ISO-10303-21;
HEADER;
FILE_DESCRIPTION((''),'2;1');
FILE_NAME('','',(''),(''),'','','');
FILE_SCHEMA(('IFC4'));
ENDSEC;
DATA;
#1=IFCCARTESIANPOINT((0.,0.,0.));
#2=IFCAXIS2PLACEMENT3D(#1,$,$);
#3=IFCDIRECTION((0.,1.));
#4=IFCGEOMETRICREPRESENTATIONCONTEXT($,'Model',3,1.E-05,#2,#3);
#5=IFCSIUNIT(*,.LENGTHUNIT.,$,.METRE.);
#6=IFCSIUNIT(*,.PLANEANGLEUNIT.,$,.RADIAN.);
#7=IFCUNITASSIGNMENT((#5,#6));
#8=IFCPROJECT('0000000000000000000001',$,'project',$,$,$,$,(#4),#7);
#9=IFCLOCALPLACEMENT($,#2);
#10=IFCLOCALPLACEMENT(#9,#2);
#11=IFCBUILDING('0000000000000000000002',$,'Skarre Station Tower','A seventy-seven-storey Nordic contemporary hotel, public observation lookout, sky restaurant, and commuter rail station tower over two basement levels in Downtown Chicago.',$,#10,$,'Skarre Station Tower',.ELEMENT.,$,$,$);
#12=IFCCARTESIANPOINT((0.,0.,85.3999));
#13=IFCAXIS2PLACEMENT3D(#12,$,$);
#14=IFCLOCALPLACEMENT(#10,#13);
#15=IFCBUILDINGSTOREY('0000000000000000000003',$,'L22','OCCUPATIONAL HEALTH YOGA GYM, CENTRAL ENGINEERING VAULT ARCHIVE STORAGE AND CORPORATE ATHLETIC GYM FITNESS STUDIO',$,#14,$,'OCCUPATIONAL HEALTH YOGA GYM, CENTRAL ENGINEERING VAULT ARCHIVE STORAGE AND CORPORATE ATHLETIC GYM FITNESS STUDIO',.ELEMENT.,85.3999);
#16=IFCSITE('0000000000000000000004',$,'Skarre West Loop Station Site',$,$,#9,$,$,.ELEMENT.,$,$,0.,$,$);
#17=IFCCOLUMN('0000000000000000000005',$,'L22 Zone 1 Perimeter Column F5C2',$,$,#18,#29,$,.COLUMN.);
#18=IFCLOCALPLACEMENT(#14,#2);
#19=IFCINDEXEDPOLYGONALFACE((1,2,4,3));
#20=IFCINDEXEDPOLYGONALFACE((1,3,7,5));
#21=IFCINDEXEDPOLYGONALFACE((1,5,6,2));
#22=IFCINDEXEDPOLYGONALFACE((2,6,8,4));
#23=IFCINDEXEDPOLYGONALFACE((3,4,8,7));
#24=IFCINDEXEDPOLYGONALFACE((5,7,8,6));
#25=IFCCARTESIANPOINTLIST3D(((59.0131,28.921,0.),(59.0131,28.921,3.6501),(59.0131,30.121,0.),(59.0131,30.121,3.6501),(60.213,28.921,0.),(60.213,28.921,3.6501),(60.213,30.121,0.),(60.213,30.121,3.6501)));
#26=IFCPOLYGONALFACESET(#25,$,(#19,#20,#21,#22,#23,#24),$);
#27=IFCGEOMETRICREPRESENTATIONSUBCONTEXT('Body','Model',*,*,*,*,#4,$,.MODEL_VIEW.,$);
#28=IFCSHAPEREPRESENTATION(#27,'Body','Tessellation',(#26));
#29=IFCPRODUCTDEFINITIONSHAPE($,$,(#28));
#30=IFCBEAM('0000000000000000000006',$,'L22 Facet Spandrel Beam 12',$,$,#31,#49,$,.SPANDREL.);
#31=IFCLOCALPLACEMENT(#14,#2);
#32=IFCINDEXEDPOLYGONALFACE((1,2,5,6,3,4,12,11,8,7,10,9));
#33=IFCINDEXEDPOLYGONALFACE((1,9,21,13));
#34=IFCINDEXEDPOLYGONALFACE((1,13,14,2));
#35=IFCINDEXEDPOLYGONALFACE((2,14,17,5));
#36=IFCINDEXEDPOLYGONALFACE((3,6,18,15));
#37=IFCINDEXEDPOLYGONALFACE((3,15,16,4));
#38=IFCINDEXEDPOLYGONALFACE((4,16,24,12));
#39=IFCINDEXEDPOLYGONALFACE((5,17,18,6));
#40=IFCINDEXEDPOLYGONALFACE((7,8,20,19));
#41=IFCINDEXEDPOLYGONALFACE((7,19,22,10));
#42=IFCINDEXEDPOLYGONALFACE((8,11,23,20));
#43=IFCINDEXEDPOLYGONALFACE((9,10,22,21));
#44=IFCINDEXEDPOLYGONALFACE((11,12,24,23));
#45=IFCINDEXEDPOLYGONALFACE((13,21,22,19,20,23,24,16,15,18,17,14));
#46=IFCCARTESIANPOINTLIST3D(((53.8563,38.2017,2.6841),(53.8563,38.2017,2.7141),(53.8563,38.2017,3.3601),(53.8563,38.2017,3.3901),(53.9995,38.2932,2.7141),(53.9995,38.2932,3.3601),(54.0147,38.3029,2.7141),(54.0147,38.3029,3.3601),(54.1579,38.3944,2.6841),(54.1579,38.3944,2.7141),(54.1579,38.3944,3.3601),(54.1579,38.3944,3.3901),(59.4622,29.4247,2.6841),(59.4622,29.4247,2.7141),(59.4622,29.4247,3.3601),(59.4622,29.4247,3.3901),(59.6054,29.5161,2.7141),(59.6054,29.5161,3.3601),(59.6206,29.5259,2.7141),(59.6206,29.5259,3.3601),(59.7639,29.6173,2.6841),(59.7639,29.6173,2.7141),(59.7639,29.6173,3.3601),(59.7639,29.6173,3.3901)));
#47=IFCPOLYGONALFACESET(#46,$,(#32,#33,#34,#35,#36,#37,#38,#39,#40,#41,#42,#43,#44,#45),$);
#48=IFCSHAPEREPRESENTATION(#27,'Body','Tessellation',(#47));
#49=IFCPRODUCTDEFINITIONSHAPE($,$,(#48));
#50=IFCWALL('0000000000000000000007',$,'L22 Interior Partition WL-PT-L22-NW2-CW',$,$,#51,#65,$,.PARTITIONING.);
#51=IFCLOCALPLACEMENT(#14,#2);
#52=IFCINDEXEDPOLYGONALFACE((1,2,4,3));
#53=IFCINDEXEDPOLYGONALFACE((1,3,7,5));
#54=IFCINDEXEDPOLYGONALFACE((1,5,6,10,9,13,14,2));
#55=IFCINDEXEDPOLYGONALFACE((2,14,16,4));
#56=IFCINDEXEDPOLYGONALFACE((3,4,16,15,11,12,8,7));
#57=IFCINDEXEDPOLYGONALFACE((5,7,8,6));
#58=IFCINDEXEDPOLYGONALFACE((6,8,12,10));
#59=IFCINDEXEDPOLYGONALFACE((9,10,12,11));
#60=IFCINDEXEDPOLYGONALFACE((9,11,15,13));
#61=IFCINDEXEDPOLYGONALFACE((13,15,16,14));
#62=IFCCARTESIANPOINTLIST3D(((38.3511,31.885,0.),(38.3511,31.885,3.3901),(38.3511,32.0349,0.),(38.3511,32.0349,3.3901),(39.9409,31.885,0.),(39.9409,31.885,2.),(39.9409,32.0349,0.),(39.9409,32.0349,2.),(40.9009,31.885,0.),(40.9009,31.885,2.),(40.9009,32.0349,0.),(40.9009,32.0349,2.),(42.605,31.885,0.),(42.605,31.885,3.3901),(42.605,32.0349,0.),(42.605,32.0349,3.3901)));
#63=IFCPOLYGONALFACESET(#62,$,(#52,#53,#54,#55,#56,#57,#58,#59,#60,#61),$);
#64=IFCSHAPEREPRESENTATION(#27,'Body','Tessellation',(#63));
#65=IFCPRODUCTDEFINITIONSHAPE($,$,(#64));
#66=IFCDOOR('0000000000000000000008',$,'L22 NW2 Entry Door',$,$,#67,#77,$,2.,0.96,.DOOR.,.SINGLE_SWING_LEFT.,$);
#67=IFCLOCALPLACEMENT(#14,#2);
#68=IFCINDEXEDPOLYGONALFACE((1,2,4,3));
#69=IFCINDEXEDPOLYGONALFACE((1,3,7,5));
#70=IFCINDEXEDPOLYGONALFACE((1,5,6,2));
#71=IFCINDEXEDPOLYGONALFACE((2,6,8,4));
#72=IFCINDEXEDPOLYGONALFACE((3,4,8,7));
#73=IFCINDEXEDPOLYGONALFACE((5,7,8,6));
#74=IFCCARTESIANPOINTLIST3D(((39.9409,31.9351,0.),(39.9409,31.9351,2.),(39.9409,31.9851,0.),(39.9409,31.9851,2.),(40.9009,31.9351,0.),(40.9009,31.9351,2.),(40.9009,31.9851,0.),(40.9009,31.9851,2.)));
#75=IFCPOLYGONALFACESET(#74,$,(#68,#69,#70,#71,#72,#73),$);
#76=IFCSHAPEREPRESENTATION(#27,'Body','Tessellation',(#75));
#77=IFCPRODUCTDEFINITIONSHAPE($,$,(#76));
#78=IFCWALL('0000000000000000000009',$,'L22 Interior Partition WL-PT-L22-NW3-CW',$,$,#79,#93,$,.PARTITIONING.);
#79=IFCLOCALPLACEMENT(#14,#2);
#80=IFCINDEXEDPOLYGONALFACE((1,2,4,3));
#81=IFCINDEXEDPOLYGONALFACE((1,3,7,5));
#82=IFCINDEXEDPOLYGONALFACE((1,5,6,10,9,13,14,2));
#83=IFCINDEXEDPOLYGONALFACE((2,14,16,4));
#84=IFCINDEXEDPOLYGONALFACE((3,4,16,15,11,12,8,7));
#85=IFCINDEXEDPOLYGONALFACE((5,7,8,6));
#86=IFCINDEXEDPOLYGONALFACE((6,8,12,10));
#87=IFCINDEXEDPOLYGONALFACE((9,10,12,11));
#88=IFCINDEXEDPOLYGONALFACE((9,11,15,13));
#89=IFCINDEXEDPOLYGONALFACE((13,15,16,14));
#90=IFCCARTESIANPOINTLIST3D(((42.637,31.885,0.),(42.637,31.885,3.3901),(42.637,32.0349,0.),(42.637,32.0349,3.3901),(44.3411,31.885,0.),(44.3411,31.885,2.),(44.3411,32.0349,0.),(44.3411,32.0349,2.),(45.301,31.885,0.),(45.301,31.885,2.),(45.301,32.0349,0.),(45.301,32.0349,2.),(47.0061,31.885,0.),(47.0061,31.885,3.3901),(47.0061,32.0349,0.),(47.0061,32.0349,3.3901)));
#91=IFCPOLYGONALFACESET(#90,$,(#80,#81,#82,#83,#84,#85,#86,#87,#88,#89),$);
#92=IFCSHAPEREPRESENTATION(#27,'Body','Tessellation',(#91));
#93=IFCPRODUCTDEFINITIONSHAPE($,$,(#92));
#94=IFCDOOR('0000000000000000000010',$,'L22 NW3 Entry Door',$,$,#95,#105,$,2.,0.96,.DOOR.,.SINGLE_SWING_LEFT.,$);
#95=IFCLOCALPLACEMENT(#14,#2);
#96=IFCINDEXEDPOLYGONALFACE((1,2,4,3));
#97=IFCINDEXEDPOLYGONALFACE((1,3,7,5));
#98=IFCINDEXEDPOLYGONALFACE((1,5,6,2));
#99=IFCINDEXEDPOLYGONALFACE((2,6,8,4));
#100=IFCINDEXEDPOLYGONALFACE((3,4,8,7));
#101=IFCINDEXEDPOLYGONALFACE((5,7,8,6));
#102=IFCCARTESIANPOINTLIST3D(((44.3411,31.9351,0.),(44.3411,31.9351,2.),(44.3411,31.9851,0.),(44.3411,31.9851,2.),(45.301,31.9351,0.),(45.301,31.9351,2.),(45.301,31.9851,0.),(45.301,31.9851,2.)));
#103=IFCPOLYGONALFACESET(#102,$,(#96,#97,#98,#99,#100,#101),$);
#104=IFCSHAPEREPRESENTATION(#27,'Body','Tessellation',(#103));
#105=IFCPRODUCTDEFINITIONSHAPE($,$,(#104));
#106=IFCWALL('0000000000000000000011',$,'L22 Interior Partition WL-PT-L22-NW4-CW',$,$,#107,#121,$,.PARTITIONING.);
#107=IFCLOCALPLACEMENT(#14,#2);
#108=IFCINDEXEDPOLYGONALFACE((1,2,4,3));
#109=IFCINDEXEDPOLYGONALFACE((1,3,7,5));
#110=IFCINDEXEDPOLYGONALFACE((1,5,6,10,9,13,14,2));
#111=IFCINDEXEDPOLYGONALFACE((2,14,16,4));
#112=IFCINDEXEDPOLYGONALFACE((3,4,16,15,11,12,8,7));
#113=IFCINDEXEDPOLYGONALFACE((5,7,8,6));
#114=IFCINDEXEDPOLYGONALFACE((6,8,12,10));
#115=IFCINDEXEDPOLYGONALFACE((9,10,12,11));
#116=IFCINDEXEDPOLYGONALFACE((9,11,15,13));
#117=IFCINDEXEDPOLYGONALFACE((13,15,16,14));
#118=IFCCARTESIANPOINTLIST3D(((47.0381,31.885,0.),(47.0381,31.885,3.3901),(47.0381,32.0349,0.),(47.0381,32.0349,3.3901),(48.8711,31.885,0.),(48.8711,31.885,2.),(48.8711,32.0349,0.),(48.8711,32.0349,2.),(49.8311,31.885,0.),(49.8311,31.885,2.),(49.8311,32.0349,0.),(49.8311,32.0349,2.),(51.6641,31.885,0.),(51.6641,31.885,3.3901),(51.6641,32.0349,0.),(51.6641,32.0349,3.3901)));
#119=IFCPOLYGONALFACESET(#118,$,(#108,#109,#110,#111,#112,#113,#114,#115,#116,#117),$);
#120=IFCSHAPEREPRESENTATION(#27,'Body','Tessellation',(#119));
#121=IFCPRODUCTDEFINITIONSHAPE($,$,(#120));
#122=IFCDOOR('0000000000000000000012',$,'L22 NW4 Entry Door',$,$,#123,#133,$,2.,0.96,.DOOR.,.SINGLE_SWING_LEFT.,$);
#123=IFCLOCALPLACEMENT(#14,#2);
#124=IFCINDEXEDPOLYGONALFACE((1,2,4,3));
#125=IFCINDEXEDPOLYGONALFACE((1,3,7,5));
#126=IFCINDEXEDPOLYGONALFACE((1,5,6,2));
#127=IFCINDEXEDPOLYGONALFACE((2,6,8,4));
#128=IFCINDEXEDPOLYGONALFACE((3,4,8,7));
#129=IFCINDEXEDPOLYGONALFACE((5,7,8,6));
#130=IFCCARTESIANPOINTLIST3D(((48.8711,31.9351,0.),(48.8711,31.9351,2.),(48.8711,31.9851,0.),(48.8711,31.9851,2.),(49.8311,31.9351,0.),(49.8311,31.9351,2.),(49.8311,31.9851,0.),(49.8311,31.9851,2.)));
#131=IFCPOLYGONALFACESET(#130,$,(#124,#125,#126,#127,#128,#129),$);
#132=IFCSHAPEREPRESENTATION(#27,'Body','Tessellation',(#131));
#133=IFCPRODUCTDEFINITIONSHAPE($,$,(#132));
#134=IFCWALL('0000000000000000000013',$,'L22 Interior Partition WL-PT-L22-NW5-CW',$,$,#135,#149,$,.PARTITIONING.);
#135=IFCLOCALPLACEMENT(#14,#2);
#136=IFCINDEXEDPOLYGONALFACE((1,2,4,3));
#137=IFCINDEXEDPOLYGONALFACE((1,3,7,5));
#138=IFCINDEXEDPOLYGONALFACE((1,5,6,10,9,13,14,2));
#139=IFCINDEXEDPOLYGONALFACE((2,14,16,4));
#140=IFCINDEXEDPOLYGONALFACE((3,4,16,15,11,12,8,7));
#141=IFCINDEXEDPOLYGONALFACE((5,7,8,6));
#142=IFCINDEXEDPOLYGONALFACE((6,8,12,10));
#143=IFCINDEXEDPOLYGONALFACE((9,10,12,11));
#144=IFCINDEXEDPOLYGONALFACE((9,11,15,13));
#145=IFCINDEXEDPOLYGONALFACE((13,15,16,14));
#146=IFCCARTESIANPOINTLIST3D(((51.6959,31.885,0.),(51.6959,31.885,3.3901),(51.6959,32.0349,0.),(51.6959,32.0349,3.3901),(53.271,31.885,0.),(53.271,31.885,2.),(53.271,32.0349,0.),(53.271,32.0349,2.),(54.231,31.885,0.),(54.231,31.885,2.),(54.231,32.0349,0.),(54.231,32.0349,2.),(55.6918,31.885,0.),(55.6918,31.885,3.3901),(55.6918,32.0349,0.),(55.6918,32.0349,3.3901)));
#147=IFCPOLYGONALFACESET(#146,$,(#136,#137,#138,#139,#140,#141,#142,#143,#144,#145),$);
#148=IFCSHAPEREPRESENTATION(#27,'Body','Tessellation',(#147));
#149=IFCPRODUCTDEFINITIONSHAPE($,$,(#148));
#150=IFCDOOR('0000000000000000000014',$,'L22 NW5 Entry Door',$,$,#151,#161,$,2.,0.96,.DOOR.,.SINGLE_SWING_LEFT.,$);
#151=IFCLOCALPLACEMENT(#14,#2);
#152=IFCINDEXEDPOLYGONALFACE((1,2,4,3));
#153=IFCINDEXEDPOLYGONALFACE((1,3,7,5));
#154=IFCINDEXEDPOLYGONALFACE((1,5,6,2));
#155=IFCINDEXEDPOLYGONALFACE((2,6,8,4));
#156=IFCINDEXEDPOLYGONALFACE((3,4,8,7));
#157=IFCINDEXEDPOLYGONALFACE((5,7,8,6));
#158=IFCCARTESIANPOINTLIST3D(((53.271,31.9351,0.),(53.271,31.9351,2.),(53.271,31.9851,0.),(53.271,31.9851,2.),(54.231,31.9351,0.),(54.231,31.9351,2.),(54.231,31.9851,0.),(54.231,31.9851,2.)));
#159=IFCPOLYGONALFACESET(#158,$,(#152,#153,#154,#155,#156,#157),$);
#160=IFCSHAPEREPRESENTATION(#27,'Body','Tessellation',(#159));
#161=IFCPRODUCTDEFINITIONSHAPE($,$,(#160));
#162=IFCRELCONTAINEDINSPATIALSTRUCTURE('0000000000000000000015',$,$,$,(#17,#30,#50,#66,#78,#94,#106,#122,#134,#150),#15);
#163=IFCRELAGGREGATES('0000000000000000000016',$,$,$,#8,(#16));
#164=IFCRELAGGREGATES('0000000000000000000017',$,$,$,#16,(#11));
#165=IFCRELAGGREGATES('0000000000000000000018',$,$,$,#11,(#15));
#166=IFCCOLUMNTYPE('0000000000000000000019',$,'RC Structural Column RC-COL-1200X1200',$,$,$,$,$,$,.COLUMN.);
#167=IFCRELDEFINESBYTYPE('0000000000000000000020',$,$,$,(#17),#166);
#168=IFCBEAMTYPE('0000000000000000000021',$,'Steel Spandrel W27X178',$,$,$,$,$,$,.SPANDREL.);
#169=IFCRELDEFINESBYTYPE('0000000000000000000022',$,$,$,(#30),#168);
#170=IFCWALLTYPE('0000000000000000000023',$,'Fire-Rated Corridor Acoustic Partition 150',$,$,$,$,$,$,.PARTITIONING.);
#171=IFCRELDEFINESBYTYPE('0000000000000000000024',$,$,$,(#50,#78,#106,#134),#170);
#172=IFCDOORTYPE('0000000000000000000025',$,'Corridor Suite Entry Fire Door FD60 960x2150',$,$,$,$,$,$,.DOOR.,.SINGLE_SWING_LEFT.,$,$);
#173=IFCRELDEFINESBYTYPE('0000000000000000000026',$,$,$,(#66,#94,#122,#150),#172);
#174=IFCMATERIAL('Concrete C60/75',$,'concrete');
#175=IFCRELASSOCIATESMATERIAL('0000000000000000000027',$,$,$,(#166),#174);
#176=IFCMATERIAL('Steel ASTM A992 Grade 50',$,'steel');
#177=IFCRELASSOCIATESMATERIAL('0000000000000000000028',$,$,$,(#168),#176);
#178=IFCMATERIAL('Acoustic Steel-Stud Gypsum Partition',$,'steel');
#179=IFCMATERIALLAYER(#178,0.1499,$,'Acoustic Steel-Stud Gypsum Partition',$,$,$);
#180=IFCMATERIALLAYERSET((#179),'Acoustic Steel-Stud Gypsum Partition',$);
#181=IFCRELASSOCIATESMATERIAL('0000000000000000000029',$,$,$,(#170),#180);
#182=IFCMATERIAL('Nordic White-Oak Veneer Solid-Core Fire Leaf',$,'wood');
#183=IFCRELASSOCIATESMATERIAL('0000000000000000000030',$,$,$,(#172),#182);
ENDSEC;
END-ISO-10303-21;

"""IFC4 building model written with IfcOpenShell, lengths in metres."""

from ifc_helpers import new_model, si_unit, direction, frame, frame_2d, origin, origin_2d, place, context, subcontext, project, spatial, rectangle, i_section, extrude, material, layer, layer_set, material_profile, profile_set, type_object, element, fill, save


model = new_model("IFC4")

# Units and contexts
model_context = context("Model", 3, precision=1e-05, world=origin(), true_north=direction((0.0, 1.0)))
body_context = subcontext(model_context, "Body", "Model", "MODEL_VIEW")
ifc_project = project(units=[si_unit("LENGTHUNIT", "METRE"), si_unit("PLANEANGLEUNIT", "RADIAN")], contexts=[model_context])

# Site, building, storey
site_placement = place(None, origin())
site = spatial("IfcSite", under=ifc_project, at=site_placement, Name="Skarre West Loop Station Site", CompositionType="ELEMENT", RefElevation=0.0)
building_placement = place(site_placement, origin())
building = spatial("IfcBuilding", under=site, at=building_placement, Name="Skarre Station Tower", Description="A seventy-seven-storey Nordic contemporary hotel, public observation lookout, sky restaurant, and commuter rail station tower over two basement levels in Downtown Chicago.", LongName="Skarre Station Tower", CompositionType="ELEMENT")
storey_placement = place(building_placement, frame((0.0, 0.0, 85.3999)))
storey = spatial("IfcBuildingStorey", under=building, at=storey_placement, Name="L22", Description="OCCUPATIONAL HEALTH YOGA GYM, CENTRAL ENGINEERING VAULT ARCHIVE STORAGE AND CORPORATE ATHLETIC GYM FITNESS STUDIO", LongName="OCCUPATIONAL HEALTH YOGA GYM, CENTRAL ENGINEERING VAULT ARCHIVE STORAGE AND CORPORATE ATHLETIC GYM FITNESS STUDIO", CompositionType="ELEMENT", Elevation=85.3999)

# Column
ifc_material_1 = material(Name="Concrete C60/75", Category="concrete")
ifc_material_profile_1 = material_profile(ifc_material_1, rectangle(XDim=1.2, YDim=1.2, at=origin_2d()), Name="Concrete C60/75")
ifc_profile_set_1 = profile_set([ifc_material_profile_1], Name="Concrete C60/75")
column_type = type_object("IfcColumnType", Name="RC Structural Column RC-COL-1200X1200", PredefinedType="COLUMN", material=ifc_profile_set_1)
column_placement = place(storey_placement, frame((59.613, 29.521, 0.0), z_axis=(0.0, 0.0, 1.0), x_axis=(1.0, 0.0, 0.0)))
element("IfcColumn", 1, at=column_placement, inside=storey, type_object=column_type, Name="L22 Zone 1 Perimeter Column F5C2", PredefinedType="COLUMN", context=body_context, shape_type="SweptSolid", body=[
    extrude(rectangle(XDim=1.2, YDim=1.2, at=origin_2d()), origin(), (0.0, 0.0, 1.0), 3.6501),
])

# Beam
ifc_material_2 = material(Name="Steel ASTM A992 Grade 50", Category="steel")
ifc_material_profile_2 = material_profile(ifc_material_2, i_section(OverallWidth=0.3579, OverallDepth=0.7061, WebThickness=0.0181, FlangeThickness=0.03, at=origin_2d()), Name="Steel ASTM A992 Grade 50")
ifc_profile_set_2 = profile_set([ifc_material_profile_2], Name="Steel ASTM A992 Grade 50")
beam_type = type_object("IfcBeamType", Name="Steel Spandrel W27X178", PredefinedType="SPANDREL", material=ifc_profile_set_2)
beam_placement = place(storey_placement, frame((59.613, 29.521, 3.0371), z_axis=(-0.538278, 0.842767, 0.0), x_axis=(-0.842767, -0.538278, 0.0)))
element("IfcBeam", 2, at=beam_placement, inside=storey, type_object=beam_type, Name="L22 Facet Spandrel Beam 12", PredefinedType="SPANDREL", context=body_context, shape_type="SweptSolid", body=[
    extrude(i_section(OverallWidth=0.3579, OverallDepth=0.7061, WebThickness=0.0181, FlangeThickness=0.03, at=origin_2d()), origin(), (0.0, 0.0, 1.0), 10.4146),
])

# Walls, openings, doors
ifc_material_3 = material(Name="Acoustic Steel-Stud Gypsum Partition", Category="steel")
ifc_layer_1 = layer(ifc_material_3, 0.1499, Name="Acoustic Steel-Stud Gypsum Partition")
ifc_layer_set_1 = layer_set([ifc_layer_1], Name="Acoustic Steel-Stud Gypsum Partition")
wall_type_1 = type_object("IfcWallType", Name="Fire-Rated Corridor Acoustic Partition 150", PredefinedType="PARTITIONING", material=ifc_layer_set_1)
wall_1_placement = place(storey_placement, frame((42.605, 31.96, 0.0), z_axis=(0.0, 0.0, 1.0), x_axis=(-1.0, 0.0, 0.0)))
wall_1 = element("IfcWall", 3, at=wall_1_placement, inside=storey, type_object=wall_type_1, Name="L22 Interior Partition WL-PT-L22-NW2-CW", PredefinedType="PARTITIONING", context=body_context, shape_type="SweptSolid", body=[
    extrude(rectangle(XDim=4.2539, YDim=0.1499, at=frame_2d((2.127, 0.0))), origin(), (0.0, 0.0, 1.0), 3.3901),
])
opening_1_placement = place(wall_1_placement, frame((1.7041, 0.0, 0.0)))
opening_1 = element("IfcOpeningElement", 4, at=opening_1_placement, cuts=wall_1, PredefinedType="OPENING", context=body_context, shape_type="SweptSolid", body=[
    extrude(rectangle(XDim=0.96, YDim=2.0, at=frame_2d((0.48, 1.0))), frame((0.0, 0.085, 0.0), z_axis=(0.0, -1.0, 0.0), x_axis=(1.0, 0.0, 0.0)), (0.0, 0.0, 1.0), 0.1699),
])
ifc_material_4 = material(Name="Nordic White-Oak Veneer Solid-Core Fire Leaf", Category="wood")
door_type_1 = type_object("IfcDoorType", Name="Corridor Suite Entry Fire Door FD60 960x2150", OperationType="SINGLE_SWING_LEFT", PredefinedType="DOOR", material=ifc_material_4)
door_1_placement = place(opening_1_placement, origin())
door_1 = element("IfcDoor", 5, at=door_1_placement, inside=storey, type_object=door_type_1, Name="L22 NW2 Entry Door", OperationType="SINGLE_SWING_LEFT", OverallHeight=2.0, OverallWidth=0.96, PredefinedType="DOOR", context=body_context, shape_type="SweptSolid", body=[
    extrude(rectangle(XDim=0.96, YDim=2.0, at=frame_2d((0.48, 1.0))), frame((0.0, 0.0249, 0.0), z_axis=(0.0, -1.0, 0.0), x_axis=(1.0, 0.0, 0.0)), (0.0, 0.0, 1.0), 0.05),
])
fill(opening_1, door_1)
wall_2_placement = place(storey_placement, frame((47.0061, 31.96, 0.0), z_axis=(0.0, 0.0, 1.0), x_axis=(-1.0, 0.0, 0.0)))
wall_2 = element("IfcWall", 6, at=wall_2_placement, inside=storey, type_object=wall_type_1, Name="L22 Interior Partition WL-PT-L22-NW3-CW", PredefinedType="PARTITIONING", context=body_context, shape_type="SweptSolid", body=[
    extrude(rectangle(XDim=4.3691, YDim=0.1499, at=frame_2d((2.1846, 0.0))), origin(), (0.0, 0.0, 1.0), 3.3901),
])
opening_2_placement = place(wall_2_placement, frame((1.7051, 0.0, 0.0)))
opening_2 = element("IfcOpeningElement", 7, at=opening_2_placement, cuts=wall_2, PredefinedType="OPENING", context=body_context, shape_type="SweptSolid", body=[
    extrude(rectangle(XDim=0.96, YDim=2.0, at=frame_2d((0.48, 1.0))), frame((0.0, 0.085, 0.0), z_axis=(0.0, -1.0, 0.0), x_axis=(1.0, 0.0, 0.0)), (0.0, 0.0, 1.0), 0.1699),
])
door_2_placement = place(opening_2_placement, origin())
door_2 = element("IfcDoor", 8, at=door_2_placement, inside=storey, type_object=door_type_1, Name="L22 NW3 Entry Door", OperationType="SINGLE_SWING_LEFT", OverallHeight=2.0, OverallWidth=0.96, PredefinedType="DOOR", context=body_context, shape_type="SweptSolid", body=[
    extrude(rectangle(XDim=0.96, YDim=2.0, at=frame_2d((0.48, 1.0))), frame((0.0, 0.0249, 0.0), z_axis=(0.0, -1.0, 0.0), x_axis=(1.0, 0.0, 0.0)), (0.0, 0.0, 1.0), 0.05),
])
fill(opening_2, door_2)
wall_3_placement = place(storey_placement, frame((51.6641, 31.96, 0.0), z_axis=(0.0, 0.0, 1.0), x_axis=(-1.0, 0.0, 0.0)))
wall_3 = element("IfcWall", 9, at=wall_3_placement, inside=storey, type_object=wall_type_1, Name="L22 Interior Partition WL-PT-L22-NW4-CW", PredefinedType="PARTITIONING", context=body_context, shape_type="SweptSolid", body=[
    extrude(rectangle(XDim=4.626, YDim=0.1499, at=frame_2d((2.313, 0.0))), origin(), (0.0, 0.0, 1.0), 3.3901),
])
opening_3_placement = place(wall_3_placement, frame((1.833, 0.0, 0.0)))
opening_3 = element("IfcOpeningElement", 10, at=opening_3_placement, cuts=wall_3, PredefinedType="OPENING", context=body_context, shape_type="SweptSolid", body=[
    extrude(rectangle(XDim=0.96, YDim=2.0, at=frame_2d((0.48, 1.0))), frame((0.0, 0.085, 0.0), z_axis=(0.0, -1.0, 0.0), x_axis=(1.0, 0.0, 0.0)), (0.0, 0.0, 1.0), 0.1699),
])
door_3_placement = place(opening_3_placement, origin())
door_3 = element("IfcDoor", 11, at=door_3_placement, inside=storey, type_object=door_type_1, Name="L22 NW4 Entry Door", OperationType="SINGLE_SWING_LEFT", OverallHeight=2.0, OverallWidth=0.96, PredefinedType="DOOR", context=body_context, shape_type="SweptSolid", body=[
    extrude(rectangle(XDim=0.96, YDim=2.0, at=frame_2d((0.48, 1.0))), frame((0.0, 0.0249, 0.0), z_axis=(0.0, -1.0, 0.0), x_axis=(1.0, 0.0, 0.0)), (0.0, 0.0, 1.0), 0.05),
])
fill(opening_3, door_3)
wall_4_placement = place(storey_placement, frame((55.6919, 31.96, 0.0), z_axis=(0.0, 0.0, 1.0), x_axis=(-1.0, 0.0, 0.0)))
wall_4 = element("IfcWall", 12, at=wall_4_placement, inside=storey, type_object=wall_type_1, Name="L22 Interior Partition WL-PT-L22-NW5-CW", PredefinedType="PARTITIONING", context=body_context, shape_type="SweptSolid", body=[
    extrude(rectangle(XDim=3.9958, YDim=0.1499, at=frame_2d((1.998, 0.0))), origin(), (0.0, 0.0, 1.0), 3.3901),
])
opening_4_placement = place(wall_4_placement, frame((1.4609, 0.0, 0.0)))
opening_4 = element("IfcOpeningElement", 13, at=opening_4_placement, cuts=wall_4, PredefinedType="OPENING", context=body_context, shape_type="SweptSolid", body=[
    extrude(rectangle(XDim=0.96, YDim=2.0, at=frame_2d((0.48, 1.0))), frame((0.0, 0.085, 0.0), z_axis=(0.0, -1.0, 0.0), x_axis=(1.0, 0.0, 0.0)), (0.0, 0.0, 1.0), 0.1699),
])
door_4_placement = place(opening_4_placement, origin())
door_4 = element("IfcDoor", 14, at=door_4_placement, inside=storey, type_object=door_type_1, Name="L22 NW5 Entry Door", OperationType="SINGLE_SWING_LEFT", OverallHeight=2.0, OverallWidth=0.96, PredefinedType="DOOR", context=body_context, shape_type="SweptSolid", body=[
    extrude(rectangle(XDim=0.96, YDim=2.0, at=frame_2d((0.48, 1.0))), frame((0.0, 0.0249, 0.0), z_axis=(0.0, -1.0, 0.0), x_axis=(1.0, 0.0, 0.0)), (0.0, 0.0, 1.0), 0.05),
])
fill(opening_4, door_4)

save(model, "model.ifc")
